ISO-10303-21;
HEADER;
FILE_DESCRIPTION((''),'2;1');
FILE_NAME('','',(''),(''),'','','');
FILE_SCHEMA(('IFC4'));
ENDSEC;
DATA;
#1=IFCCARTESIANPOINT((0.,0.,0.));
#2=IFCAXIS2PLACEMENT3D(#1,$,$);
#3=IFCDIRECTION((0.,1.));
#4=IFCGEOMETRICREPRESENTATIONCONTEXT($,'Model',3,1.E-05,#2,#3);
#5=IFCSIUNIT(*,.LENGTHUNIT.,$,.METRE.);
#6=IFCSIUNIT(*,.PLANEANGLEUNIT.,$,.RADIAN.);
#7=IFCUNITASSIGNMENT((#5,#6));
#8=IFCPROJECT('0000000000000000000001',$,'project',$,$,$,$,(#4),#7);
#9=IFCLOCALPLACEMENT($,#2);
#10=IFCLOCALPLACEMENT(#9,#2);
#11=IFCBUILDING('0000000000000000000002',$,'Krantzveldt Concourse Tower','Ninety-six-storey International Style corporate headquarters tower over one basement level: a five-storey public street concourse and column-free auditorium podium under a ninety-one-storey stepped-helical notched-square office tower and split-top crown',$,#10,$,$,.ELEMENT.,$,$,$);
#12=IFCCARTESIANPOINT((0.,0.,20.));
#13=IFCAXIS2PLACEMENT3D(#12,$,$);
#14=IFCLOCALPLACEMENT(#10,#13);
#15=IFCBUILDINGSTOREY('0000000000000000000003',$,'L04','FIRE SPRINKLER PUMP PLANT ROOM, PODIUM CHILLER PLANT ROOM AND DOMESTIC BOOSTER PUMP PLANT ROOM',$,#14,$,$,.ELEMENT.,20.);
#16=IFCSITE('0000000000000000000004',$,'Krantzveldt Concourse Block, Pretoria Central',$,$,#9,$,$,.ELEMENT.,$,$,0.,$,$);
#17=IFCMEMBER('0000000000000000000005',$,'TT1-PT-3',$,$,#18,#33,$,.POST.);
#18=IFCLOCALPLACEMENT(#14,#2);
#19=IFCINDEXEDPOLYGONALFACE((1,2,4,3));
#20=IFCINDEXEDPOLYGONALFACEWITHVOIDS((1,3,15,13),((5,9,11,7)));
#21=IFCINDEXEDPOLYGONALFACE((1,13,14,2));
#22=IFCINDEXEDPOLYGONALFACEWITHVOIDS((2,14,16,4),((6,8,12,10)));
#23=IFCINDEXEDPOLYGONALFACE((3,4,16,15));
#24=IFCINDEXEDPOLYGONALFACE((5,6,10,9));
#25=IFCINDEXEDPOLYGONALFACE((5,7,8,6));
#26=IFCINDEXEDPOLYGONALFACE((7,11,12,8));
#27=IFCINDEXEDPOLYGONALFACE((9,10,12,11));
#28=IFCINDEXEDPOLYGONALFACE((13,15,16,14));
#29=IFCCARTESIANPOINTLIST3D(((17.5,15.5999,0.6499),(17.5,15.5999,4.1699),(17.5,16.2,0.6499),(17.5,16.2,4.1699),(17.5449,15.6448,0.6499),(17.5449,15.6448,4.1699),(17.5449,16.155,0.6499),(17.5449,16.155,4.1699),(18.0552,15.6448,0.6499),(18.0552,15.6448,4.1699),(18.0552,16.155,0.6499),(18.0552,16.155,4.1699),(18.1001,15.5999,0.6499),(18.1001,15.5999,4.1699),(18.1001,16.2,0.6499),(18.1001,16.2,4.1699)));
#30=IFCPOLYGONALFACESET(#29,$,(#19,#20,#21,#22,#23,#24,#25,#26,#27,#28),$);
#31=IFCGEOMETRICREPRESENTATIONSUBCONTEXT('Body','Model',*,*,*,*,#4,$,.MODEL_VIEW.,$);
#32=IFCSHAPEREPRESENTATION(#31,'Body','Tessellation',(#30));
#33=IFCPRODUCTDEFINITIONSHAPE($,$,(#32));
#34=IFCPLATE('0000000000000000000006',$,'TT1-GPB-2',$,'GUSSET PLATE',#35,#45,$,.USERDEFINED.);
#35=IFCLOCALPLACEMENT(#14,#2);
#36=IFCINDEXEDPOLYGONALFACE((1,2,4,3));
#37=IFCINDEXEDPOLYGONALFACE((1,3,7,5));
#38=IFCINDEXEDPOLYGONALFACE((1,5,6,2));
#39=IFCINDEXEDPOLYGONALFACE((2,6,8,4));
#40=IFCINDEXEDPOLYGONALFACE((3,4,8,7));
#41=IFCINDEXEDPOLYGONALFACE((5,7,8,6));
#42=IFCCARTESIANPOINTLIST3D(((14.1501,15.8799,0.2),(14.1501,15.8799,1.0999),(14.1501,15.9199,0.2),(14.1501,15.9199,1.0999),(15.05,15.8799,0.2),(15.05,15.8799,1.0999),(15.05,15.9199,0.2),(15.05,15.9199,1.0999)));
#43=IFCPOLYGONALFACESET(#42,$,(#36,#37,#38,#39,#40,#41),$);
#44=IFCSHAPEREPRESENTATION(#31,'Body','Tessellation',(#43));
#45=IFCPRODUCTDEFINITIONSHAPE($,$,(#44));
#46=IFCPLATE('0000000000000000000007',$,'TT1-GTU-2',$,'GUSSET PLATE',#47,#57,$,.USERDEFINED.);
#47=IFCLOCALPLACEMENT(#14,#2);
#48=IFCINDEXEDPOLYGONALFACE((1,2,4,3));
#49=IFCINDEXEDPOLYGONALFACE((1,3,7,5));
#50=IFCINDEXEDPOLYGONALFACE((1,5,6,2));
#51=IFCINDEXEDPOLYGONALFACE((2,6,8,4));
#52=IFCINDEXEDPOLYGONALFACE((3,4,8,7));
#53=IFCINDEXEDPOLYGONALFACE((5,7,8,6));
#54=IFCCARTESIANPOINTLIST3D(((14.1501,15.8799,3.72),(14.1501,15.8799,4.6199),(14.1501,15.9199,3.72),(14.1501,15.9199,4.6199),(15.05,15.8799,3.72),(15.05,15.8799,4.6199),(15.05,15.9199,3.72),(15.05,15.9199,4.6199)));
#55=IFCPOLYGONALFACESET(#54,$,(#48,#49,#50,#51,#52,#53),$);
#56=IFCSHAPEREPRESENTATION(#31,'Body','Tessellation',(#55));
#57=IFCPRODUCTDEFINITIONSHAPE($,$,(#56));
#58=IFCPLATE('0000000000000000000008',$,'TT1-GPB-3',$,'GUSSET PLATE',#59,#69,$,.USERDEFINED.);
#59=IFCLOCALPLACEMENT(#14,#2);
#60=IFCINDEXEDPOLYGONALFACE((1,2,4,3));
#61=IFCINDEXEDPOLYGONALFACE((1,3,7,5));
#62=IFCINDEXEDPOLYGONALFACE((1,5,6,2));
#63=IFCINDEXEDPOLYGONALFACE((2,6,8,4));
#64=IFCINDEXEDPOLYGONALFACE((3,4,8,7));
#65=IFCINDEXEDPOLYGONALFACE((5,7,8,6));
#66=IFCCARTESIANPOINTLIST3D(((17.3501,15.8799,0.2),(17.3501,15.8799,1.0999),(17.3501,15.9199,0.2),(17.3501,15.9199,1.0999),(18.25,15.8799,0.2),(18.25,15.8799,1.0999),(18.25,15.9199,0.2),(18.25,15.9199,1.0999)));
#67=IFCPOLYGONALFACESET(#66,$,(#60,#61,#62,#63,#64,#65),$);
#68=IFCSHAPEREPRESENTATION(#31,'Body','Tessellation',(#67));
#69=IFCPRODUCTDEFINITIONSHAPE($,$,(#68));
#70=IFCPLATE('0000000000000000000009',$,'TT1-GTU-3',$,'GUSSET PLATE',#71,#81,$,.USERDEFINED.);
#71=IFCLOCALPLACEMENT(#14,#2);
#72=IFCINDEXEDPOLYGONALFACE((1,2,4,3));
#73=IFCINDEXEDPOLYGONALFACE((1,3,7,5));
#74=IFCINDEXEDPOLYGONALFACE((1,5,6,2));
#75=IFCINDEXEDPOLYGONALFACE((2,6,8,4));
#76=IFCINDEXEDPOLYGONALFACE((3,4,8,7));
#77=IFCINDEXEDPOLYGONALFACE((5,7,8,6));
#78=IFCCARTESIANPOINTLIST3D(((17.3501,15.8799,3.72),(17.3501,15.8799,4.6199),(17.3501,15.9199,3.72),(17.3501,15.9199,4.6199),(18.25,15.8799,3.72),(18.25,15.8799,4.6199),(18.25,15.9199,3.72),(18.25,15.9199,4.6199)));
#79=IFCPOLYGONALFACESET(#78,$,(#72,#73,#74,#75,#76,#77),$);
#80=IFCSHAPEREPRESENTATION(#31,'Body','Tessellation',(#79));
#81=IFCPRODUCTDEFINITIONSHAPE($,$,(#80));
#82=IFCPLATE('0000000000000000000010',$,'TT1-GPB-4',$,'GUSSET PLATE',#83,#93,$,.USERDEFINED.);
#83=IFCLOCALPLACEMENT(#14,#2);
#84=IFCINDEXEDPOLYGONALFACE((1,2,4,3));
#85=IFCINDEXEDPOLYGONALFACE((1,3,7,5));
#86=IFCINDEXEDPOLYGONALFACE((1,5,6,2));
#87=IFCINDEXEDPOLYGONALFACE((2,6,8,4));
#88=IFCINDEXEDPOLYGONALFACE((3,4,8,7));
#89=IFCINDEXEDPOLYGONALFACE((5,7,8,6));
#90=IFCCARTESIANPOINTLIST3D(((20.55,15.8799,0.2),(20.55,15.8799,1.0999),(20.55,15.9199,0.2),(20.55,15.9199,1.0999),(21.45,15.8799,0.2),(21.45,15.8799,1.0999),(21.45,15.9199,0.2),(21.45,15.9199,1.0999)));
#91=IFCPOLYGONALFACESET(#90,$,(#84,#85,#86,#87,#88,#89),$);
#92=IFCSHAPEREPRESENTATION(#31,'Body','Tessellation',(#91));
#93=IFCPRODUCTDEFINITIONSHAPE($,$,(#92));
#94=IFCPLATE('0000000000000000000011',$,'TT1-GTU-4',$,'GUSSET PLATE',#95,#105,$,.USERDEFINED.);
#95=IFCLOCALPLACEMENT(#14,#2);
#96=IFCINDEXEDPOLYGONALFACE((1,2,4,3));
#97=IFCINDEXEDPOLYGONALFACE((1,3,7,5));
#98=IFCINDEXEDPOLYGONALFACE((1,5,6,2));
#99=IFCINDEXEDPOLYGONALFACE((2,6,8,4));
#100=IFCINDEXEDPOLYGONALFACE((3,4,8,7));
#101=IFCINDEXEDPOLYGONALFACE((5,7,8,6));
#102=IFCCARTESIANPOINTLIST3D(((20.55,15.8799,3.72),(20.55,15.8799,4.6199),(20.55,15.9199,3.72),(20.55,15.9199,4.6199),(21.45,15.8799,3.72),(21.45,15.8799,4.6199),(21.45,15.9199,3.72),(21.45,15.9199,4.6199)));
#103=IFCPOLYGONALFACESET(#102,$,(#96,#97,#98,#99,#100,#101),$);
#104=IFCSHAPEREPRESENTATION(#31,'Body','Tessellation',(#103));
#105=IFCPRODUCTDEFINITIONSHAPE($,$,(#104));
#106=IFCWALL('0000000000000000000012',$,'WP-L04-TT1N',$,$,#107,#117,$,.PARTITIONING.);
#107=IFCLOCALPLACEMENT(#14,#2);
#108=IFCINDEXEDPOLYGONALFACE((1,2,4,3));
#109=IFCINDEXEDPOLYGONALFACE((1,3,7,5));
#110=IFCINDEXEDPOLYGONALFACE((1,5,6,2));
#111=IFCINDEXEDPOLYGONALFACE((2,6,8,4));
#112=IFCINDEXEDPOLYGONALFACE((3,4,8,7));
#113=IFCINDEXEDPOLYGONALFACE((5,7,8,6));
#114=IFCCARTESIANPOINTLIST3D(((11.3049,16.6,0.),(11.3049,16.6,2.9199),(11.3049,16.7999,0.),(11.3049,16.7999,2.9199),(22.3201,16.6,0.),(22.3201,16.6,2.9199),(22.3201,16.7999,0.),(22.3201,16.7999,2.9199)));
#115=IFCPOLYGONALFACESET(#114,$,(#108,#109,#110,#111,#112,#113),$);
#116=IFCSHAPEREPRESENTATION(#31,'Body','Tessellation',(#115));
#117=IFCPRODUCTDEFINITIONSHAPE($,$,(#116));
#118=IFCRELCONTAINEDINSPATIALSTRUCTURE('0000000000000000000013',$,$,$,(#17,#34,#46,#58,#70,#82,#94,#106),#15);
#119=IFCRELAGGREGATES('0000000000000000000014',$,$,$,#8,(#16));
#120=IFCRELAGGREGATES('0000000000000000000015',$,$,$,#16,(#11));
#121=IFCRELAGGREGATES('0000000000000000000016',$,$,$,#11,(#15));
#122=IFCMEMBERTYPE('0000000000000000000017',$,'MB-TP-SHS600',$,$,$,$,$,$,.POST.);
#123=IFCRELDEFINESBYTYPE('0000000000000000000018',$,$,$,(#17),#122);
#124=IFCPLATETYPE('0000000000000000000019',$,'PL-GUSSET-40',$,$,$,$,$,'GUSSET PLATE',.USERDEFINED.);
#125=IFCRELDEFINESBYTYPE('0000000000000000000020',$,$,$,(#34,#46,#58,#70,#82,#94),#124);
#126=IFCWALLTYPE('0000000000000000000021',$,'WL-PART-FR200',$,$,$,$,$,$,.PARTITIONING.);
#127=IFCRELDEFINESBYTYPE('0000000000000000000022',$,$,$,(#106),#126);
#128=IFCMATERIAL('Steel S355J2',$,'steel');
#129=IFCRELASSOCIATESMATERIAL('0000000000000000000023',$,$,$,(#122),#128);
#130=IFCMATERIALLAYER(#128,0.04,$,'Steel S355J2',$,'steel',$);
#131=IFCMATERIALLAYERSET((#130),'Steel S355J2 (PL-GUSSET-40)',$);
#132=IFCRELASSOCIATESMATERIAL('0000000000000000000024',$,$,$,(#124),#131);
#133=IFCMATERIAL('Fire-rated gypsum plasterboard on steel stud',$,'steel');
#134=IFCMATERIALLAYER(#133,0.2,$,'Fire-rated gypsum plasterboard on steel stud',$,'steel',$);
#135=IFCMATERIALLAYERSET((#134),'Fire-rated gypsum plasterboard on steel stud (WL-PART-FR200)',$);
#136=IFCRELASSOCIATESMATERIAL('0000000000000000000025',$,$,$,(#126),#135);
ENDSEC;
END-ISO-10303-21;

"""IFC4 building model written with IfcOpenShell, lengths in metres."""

from ifc_helpers import new_model, si_unit, direction, frame, frame_2d, origin, origin_2d, place, context, subcontext, project, spatial, rectangle, hollow_rectangle, extrude, source, transform, mapped, material, layer, layer_set, material_profile, profile_set, type_object, type_shapes, element, save


model = new_model("IFC4")

# Units and contexts
model_context = context("Model", 3, precision=1e-05, world=origin(), true_north=direction((0.0, 1.0)))
body_context = subcontext(model_context, "Body", "Model", "MODEL_VIEW")
ifc_project = project(units=[si_unit("LENGTHUNIT", "METRE"), si_unit("PLANEANGLEUNIT", "RADIAN")], contexts=[model_context])

# Site, building, storey
site_placement = place(None, origin())
site = spatial("IfcSite", under=ifc_project, at=site_placement, Name="Krantzveldt Concourse Block, Pretoria Central", CompositionType="ELEMENT", RefElevation=0.0)
building_placement = place(site_placement, origin())
building = spatial("IfcBuilding", under=site, at=building_placement, Name="Krantzveldt Concourse Tower", Description="Ninety-six-storey International Style corporate headquarters tower over one basement level: a five-storey public street concourse and column-free auditorium podium under a ninety-one-storey stepped-helical notched-square office tower and split-top crown", CompositionType="ELEMENT")
storey_placement = place(building_placement, frame((0.0, 0.0, 20.0)))
storey = spatial("IfcBuildingStorey", under=building, at=storey_placement, Name="L04", Description="FIRE SPRINKLER PUMP PLANT ROOM, PODIUM CHILLER PLANT ROOM AND DOMESTIC BOOSTER PUMP PLANT ROOM", CompositionType="ELEMENT", Elevation=20.0)

# Shared definitions
ifc_material_1 = material(Name="Steel S355J2", Category="steel")

# Member
ifc_material_profile_1 = material_profile(ifc_material_1, hollow_rectangle(XDim=0.6001, YDim=0.6001, WallThickness=0.0449, at=origin_2d()), Name="Steel S355J2", Category="steel")
ifc_profile_set_1 = profile_set([ifc_material_profile_1], Name="Steel S355J2 - SHS 600x600x45")
member_type_1 = type_object("IfcMemberType", Name="MB-TP-SHS600", PredefinedType="POST", material=ifc_profile_set_1)
shared_shape_1 = source(origin(), body_context, "Body", "SweptSolid", [
    extrude(hollow_rectangle(XDim=0.6001, YDim=0.6001, WallThickness=0.0449, at=origin_2d()), origin(), (0.0, 0.0, 1.0), 3.52),
])
type_shapes(member_type_1, [shared_shape_1])
for number, where, z_axis, x_axis, name in (
    (1, (17.8, 15.8999, 0.6499), (0.0, 0.0, 1.0), (1.0, 0.0, 0.0), "TT1-PT-3"),
):
    element("IfcMember", number, at=place(storey_placement, frame(where, z_axis=z_axis, x_axis=x_axis)), inside=storey, type_object=member_type_1, Name=name, PredefinedType="POST", context=body_context, shape_type="MappedRepresentation", body=[
        mapped(shared_shape_1, transform((0.0, 0.0, 0.0), x_axis=(1.0, 0.0, 0.0), y_axis=(0.0, 1.0, 0.0), z_axis=(0.0, 0.0, 1.0), scale=1.0)),
    ])

# Plates
ifc_layer_1 = layer(ifc_material_1, 0.04, Name="Steel S355J2", Category="steel")
ifc_layer_set_1 = layer_set([ifc_layer_1], Name="Steel S355J2 (PL-GUSSET-40)")
plate_type = type_object("IfcPlateType", Name="PL-GUSSET-40", ElementType="GUSSET PLATE", PredefinedType="USERDEFINED", material=ifc_layer_set_1)
shared_shape_2 = source(origin(), body_context, "Body", "SweptSolid", [
    extrude(rectangle(XDim=0.8999, YDim=0.04, at=origin_2d()), origin(), (0.0, 0.0, 1.0), 0.8999),
])
type_shapes(plate_type, [shared_shape_2])
for number, where, z_axis, x_axis, name in (
    (2, (14.6001, 15.8999, 0.2), (0.0, 0.0, 1.0), (1.0, 0.0, 0.0), "TT1-GPB-2"),
    (3, (14.6001, 15.8999, 3.72), (0.0, 0.0, 1.0), (1.0, 0.0, 0.0), "TT1-GTU-2"),
    (4, (17.8, 15.8999, 0.2), (0.0, 0.0, 1.0), (1.0, 0.0, 0.0), "TT1-GPB-3"),
    (5, (17.8, 15.8999, 3.72), (0.0, 0.0, 1.0), (1.0, 0.0, 0.0), "TT1-GTU-3"),
    (6, (21.0, 15.8999, 0.2), (0.0, 0.0, 1.0), (1.0, 0.0, 0.0), "TT1-GPB-4"),
    (7, (21.0, 15.8999, 3.72), (0.0, 0.0, 1.0), (1.0, 0.0, 0.0), "TT1-GTU-4"),
):
    element("IfcPlate", number, at=place(storey_placement, frame(where, z_axis=z_axis, x_axis=x_axis)), inside=storey, type_object=plate_type, Name=name, ObjectType="GUSSET PLATE", PredefinedType="USERDEFINED", context=body_context, shape_type="MappedRepresentation", body=[
        mapped(shared_shape_2, transform((0.0, 0.0, 0.0), x_axis=(1.0, 0.0, 0.0), y_axis=(0.0, 1.0, 0.0), z_axis=(0.0, 0.0, 1.0), scale=1.0)),
    ])

# Wall
ifc_material_2 = material(Name="Fire-rated gypsum plasterboard on steel stud", Category="steel")
ifc_layer_2 = layer(ifc_material_2, 0.2, Name="Fire-rated gypsum plasterboard on steel stud", Category="steel")
ifc_layer_set_2 = layer_set([ifc_layer_2], Name="Fire-rated gypsum plasterboard on steel stud (WL-PART-FR200)")
wall_type = type_object("IfcWallType", Name="WL-PART-FR200", PredefinedType="PARTITIONING", material=ifc_layer_set_2)
wall_placement = place(storey_placement, frame((11.3049, 16.7, 0.0), z_axis=(0.0, 0.0, 1.0), x_axis=(1.0, 0.0, 0.0)))
element("IfcWall", 8, at=wall_placement, inside=storey, type_object=wall_type, Name="WP-L04-TT1N", PredefinedType="PARTITIONING", context=body_context, shape_type="SweptSolid", body=[
    extrude(rectangle(XDim=11.0151, YDim=0.2, at=frame_2d((5.5076, 0.0))), origin(), (0.0, 0.0, 1.0), 2.9199),
])

save(model, "model.ifc")
